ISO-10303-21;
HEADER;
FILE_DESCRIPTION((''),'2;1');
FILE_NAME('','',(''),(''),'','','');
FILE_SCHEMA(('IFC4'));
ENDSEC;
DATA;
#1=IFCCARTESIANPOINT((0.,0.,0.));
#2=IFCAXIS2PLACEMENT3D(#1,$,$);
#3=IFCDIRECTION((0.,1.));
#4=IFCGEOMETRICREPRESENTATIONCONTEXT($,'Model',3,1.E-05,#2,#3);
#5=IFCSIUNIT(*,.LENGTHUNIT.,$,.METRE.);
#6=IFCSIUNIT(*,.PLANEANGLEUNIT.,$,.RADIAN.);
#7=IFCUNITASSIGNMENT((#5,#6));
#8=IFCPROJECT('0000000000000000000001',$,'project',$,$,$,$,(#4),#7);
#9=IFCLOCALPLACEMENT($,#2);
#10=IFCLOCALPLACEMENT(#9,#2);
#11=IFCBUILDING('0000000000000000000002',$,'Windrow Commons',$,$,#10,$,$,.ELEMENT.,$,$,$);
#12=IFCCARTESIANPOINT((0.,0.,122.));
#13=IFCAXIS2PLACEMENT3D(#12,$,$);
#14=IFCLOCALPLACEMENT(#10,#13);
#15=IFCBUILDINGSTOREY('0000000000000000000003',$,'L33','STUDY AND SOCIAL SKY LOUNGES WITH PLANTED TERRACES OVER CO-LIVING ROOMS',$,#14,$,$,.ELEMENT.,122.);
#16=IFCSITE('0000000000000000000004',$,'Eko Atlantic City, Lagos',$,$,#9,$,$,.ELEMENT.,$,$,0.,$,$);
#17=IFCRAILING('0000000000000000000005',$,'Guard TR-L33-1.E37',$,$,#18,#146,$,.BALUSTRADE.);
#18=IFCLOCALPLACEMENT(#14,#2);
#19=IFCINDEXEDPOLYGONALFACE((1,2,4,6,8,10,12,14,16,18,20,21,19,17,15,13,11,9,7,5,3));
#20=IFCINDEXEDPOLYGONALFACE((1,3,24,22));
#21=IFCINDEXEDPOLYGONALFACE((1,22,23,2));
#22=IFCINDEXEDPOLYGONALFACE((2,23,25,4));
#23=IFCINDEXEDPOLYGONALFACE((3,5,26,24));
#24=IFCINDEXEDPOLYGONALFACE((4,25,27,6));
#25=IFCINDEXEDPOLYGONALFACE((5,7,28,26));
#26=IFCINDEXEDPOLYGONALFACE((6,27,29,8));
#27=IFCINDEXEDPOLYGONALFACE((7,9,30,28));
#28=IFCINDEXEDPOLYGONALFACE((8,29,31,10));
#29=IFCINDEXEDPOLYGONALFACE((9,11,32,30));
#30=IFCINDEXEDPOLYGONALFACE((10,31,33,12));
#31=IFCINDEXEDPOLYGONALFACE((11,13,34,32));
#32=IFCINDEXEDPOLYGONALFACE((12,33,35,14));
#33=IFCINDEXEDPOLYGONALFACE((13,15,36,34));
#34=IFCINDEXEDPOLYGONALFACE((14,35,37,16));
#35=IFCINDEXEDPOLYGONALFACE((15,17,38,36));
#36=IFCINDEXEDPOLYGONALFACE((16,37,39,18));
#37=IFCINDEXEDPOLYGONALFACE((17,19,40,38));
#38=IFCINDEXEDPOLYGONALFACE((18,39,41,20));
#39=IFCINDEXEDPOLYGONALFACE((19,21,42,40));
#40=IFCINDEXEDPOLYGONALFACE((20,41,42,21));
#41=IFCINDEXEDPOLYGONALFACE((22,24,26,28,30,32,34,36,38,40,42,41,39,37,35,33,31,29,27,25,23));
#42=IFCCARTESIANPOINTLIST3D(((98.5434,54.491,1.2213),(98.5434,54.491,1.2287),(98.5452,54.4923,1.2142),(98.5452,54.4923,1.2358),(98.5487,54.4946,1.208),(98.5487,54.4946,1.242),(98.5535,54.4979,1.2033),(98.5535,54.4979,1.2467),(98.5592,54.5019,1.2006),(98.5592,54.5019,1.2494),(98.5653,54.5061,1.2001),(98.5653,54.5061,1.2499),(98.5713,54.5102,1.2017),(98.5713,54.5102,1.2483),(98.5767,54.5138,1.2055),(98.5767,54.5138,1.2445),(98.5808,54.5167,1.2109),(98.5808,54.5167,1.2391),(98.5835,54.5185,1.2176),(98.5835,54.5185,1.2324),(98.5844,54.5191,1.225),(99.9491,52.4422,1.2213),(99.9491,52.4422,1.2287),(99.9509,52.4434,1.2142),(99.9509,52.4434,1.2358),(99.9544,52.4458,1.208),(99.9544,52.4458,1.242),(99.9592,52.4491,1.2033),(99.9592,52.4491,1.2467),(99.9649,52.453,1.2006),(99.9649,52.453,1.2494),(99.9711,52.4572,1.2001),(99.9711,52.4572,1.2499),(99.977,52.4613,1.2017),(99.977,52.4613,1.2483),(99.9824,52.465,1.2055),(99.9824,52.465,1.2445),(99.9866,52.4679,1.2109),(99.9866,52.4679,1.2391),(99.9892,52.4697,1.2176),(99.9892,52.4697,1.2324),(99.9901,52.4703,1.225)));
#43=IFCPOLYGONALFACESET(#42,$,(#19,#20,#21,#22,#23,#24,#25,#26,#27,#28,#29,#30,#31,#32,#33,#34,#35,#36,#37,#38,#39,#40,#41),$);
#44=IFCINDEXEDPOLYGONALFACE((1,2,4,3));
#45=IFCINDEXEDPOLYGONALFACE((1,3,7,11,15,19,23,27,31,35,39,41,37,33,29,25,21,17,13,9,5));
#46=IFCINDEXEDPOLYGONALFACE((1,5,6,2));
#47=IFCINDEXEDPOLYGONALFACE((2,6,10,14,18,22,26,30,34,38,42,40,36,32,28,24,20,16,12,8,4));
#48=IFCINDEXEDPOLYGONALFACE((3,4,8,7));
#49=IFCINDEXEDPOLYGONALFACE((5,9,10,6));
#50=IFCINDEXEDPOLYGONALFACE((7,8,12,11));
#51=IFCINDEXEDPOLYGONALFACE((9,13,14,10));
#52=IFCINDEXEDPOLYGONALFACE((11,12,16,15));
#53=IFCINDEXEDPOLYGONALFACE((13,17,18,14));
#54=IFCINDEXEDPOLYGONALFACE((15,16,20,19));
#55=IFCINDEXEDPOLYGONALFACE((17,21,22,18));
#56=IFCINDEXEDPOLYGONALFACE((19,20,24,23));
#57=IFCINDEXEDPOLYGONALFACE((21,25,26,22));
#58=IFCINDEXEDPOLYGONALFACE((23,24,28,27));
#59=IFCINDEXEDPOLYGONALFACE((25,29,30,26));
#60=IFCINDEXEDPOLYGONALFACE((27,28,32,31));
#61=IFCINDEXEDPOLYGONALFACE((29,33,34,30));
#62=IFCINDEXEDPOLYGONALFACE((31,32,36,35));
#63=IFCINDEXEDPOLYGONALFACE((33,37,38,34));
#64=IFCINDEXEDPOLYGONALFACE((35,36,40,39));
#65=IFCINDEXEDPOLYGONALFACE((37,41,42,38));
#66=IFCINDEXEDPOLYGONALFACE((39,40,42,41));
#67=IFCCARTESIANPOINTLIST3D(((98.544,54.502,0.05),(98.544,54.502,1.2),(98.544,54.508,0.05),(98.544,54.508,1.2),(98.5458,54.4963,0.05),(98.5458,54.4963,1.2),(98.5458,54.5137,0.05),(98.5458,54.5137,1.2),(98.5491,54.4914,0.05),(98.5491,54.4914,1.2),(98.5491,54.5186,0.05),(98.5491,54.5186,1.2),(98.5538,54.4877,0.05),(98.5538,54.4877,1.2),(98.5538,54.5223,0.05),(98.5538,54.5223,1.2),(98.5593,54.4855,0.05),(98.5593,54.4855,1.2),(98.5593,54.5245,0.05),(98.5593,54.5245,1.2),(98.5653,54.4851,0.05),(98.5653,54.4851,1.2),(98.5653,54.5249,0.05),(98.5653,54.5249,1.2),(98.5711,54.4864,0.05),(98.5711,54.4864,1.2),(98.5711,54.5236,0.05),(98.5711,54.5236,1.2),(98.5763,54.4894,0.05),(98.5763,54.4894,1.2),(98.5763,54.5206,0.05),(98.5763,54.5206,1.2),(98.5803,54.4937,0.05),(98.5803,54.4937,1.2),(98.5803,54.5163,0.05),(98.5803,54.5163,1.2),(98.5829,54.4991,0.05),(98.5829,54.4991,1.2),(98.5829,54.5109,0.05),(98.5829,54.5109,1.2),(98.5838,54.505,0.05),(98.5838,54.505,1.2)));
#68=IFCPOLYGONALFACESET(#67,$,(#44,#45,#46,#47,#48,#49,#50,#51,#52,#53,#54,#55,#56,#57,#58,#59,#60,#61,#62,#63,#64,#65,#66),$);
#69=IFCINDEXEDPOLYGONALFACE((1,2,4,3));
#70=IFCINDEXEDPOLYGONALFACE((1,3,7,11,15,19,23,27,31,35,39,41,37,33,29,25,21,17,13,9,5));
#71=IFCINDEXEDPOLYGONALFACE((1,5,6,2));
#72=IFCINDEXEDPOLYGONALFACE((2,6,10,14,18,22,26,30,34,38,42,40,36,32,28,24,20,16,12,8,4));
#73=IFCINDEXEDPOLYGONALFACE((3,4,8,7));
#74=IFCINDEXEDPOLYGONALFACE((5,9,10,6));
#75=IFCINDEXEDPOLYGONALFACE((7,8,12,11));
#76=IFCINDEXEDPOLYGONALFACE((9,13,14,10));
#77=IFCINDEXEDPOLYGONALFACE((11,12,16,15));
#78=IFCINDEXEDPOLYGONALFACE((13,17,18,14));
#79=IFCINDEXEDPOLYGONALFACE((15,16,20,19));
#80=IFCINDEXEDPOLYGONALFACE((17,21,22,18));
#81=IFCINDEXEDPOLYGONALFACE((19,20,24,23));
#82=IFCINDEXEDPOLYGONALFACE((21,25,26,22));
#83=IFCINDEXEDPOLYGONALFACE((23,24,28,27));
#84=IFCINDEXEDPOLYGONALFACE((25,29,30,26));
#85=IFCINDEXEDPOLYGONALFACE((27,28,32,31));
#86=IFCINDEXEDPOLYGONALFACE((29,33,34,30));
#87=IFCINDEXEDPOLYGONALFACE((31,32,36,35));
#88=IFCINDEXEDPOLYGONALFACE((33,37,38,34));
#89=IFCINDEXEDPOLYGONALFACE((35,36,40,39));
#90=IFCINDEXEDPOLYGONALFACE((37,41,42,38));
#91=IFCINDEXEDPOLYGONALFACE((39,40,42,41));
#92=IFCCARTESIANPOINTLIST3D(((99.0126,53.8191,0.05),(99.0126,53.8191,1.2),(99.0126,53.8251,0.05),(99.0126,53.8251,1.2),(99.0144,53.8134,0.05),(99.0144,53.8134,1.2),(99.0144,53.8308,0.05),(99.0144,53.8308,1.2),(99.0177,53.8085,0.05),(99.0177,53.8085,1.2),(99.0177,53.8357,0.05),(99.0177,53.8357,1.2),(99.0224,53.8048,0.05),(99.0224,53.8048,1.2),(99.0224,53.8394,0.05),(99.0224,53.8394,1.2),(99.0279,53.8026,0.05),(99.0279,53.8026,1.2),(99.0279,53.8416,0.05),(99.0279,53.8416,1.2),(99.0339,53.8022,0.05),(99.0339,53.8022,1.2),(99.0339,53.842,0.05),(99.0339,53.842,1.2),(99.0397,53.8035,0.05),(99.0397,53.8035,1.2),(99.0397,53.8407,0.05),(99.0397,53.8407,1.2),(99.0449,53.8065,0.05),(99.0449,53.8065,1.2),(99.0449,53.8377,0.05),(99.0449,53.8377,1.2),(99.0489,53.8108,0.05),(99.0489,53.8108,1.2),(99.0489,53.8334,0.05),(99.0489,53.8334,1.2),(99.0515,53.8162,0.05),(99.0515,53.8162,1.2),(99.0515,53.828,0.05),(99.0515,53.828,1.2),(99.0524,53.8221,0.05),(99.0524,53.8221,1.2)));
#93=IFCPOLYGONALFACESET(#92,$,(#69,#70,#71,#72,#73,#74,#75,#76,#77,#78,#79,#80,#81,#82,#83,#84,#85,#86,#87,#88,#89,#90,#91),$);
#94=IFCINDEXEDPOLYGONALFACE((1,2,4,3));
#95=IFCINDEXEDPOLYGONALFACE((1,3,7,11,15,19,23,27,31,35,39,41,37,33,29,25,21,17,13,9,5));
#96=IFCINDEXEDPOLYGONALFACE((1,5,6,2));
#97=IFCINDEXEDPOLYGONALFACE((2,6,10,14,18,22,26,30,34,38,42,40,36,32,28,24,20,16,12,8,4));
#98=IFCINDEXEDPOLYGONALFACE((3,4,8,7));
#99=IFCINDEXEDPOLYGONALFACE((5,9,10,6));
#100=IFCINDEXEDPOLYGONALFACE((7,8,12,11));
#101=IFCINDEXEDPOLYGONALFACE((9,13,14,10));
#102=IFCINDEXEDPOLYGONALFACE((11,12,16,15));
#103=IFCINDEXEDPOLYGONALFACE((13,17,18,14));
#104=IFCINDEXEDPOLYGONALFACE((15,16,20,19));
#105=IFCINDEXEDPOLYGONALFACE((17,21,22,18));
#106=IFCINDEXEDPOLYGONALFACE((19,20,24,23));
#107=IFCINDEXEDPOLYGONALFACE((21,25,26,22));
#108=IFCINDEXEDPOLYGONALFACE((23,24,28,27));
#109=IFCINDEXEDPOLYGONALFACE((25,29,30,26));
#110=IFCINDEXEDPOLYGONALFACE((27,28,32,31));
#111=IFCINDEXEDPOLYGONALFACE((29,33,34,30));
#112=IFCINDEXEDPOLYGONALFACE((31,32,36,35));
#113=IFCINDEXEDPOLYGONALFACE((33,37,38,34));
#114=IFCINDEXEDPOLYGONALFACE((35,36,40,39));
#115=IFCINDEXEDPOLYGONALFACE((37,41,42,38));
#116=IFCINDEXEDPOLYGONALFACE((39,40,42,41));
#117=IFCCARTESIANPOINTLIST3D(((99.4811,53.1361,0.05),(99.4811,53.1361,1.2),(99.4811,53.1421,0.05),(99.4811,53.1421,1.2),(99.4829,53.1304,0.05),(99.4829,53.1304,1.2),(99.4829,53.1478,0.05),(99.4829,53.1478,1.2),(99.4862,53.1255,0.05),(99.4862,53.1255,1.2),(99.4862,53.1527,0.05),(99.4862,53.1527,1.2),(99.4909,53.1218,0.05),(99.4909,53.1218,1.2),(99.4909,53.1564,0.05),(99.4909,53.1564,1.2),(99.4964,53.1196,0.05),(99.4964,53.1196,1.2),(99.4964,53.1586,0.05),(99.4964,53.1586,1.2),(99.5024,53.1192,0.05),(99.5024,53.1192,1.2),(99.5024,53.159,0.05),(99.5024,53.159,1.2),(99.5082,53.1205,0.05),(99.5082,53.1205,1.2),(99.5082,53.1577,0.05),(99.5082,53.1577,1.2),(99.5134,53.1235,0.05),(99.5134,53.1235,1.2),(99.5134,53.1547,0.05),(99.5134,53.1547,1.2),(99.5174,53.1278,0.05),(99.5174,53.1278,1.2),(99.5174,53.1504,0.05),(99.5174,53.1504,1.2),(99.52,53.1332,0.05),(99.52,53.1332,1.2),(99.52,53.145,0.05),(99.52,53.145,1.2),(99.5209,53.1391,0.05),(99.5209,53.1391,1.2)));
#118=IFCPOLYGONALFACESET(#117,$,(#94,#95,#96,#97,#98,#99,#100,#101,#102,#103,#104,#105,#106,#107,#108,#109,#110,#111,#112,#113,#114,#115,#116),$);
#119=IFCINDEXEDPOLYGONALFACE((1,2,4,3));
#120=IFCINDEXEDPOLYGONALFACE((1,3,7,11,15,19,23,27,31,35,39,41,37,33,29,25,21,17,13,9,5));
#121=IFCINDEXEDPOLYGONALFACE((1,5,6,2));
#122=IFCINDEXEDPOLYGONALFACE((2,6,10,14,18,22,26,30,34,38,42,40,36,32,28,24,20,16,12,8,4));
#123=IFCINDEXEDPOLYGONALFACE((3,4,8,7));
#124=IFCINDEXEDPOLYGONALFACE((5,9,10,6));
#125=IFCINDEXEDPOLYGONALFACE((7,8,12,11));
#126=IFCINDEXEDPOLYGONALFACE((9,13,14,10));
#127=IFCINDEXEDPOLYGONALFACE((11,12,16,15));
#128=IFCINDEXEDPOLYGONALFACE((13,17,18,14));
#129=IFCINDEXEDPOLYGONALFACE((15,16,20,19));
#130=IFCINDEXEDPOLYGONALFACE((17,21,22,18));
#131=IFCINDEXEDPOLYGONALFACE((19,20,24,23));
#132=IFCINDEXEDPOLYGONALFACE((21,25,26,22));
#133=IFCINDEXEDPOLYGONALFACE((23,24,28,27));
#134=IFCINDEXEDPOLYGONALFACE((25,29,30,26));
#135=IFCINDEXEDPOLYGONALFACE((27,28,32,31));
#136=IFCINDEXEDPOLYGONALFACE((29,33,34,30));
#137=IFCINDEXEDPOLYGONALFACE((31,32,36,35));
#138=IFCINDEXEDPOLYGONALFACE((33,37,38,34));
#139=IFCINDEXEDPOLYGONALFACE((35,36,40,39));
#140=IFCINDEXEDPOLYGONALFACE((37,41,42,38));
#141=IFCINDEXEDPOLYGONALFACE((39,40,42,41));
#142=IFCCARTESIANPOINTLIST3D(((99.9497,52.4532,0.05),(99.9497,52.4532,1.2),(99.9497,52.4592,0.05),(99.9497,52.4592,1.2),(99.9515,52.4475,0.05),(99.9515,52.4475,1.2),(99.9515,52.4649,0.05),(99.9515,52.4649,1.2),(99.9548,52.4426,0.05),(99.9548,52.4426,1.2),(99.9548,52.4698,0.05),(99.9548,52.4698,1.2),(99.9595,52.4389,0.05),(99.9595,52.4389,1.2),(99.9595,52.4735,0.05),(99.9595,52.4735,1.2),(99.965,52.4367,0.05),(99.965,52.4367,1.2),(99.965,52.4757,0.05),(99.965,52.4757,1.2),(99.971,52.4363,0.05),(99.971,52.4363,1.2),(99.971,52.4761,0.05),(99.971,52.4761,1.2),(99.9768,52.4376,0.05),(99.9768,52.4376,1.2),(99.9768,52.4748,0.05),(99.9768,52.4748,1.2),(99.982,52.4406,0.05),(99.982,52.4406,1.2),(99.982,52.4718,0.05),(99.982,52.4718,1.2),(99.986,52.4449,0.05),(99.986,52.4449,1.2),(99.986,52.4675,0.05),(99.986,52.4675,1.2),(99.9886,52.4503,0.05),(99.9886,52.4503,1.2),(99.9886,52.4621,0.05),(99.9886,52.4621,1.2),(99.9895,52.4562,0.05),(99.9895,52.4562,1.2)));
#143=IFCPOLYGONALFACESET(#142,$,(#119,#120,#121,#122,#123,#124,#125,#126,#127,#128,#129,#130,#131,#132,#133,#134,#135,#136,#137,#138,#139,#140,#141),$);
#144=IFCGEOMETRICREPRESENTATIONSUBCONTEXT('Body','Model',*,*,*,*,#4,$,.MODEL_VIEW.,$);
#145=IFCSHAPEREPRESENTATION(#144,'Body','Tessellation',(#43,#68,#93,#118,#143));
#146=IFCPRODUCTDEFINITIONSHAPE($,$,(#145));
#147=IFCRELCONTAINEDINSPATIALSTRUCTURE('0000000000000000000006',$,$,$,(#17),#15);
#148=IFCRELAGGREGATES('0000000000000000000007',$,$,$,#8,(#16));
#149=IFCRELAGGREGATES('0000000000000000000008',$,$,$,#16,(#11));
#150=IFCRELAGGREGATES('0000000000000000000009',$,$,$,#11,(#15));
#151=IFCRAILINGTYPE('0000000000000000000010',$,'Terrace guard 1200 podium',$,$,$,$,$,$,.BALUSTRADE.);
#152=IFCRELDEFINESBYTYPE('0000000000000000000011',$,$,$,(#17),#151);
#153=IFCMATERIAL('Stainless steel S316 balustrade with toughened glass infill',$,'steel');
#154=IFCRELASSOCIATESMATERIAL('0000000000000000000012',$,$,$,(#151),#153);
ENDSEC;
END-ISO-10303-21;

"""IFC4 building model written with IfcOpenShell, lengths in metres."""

from ifc_helpers import new_model, si_unit, direction, frame, origin, origin_2d, place, context, subcontext, project, spatial, circle, extrude, material, type_object, element, save


model = new_model("IFC4")

# Units and contexts
model_context = context("Model", 3, precision=1e-05, world=origin(), true_north=direction((0.0, 1.0)))
body_context = subcontext(model_context, "Body", "Model", "MODEL_VIEW")
ifc_project = project(units=[si_unit("LENGTHUNIT", "METRE"), si_unit("PLANEANGLEUNIT", "RADIAN")], contexts=[model_context])

# Site, building, storey
site_placement = place(None, origin())
site = spatial("IfcSite", under=ifc_project, at=site_placement, Name="Eko Atlantic City, Lagos", CompositionType="ELEMENT", RefElevation=0.0)
building_placement = place(site_placement, origin())
building = spatial("IfcBuilding", under=site, at=building_placement, Name="Windrow Commons", CompositionType="ELEMENT")
storey_placement = place(building_placement, frame((0.0, 0.0, 122.0)))
storey = spatial("IfcBuildingStorey", under=building, at=storey_placement, Name="L33", Description="STUDY AND SOCIAL SKY LOUNGES WITH PLANTED TERRACES OVER CO-LIVING ROOMS", CompositionType="ELEMENT", Elevation=122.0)

# Railing
ifc_material_1 = material(Name="Stainless steel S316 balustrade with toughened glass infill", Category="steel")
railing_type_1 = type_object("IfcRailingType", Name="Terrace guard 1200 podium", PredefinedType="BALUSTRADE", material=ifc_material_1)
railing_1_placement = place(storey_placement, frame((98.5638, 54.505, 0.05)))
element("IfcRailing", 1, at=railing_1_placement, inside=storey, type_object=railing_type_1, Name="Guard TR-L33-1.E37", PredefinedType="BALUSTRADE", context=body_context, shape_type="SweptSolid", body=[
    extrude(circle(Radius=0.025, at=origin_2d()), frame((0.0, 0.0, 1.175), z_axis=(0.56575, -0.824577, 0.0), x_axis=(0.824577, 0.56575, 0.0)), (0.0, 0.0, 1.0), 2.4847),
    extrude(circle(Radius=0.02, at=origin_2d()), origin(), (0.0, 0.0, 1.0), 1.15),
    extrude(circle(Radius=0.02, at=origin_2d()), frame((0.4686, -0.6829, 0.0)), (0.0, 0.0, 1.0), 1.15),
    extrude(circle(Radius=0.02, at=origin_2d()), frame((0.9371, -1.3659, 0.0)), (0.0, 0.0, 1.0), 1.15),
    extrude(circle(Radius=0.02, at=origin_2d()), frame((1.4057, -2.0488, 0.0)), (0.0, 0.0, 1.0), 1.15),
])

save(model, "model.ifc")
